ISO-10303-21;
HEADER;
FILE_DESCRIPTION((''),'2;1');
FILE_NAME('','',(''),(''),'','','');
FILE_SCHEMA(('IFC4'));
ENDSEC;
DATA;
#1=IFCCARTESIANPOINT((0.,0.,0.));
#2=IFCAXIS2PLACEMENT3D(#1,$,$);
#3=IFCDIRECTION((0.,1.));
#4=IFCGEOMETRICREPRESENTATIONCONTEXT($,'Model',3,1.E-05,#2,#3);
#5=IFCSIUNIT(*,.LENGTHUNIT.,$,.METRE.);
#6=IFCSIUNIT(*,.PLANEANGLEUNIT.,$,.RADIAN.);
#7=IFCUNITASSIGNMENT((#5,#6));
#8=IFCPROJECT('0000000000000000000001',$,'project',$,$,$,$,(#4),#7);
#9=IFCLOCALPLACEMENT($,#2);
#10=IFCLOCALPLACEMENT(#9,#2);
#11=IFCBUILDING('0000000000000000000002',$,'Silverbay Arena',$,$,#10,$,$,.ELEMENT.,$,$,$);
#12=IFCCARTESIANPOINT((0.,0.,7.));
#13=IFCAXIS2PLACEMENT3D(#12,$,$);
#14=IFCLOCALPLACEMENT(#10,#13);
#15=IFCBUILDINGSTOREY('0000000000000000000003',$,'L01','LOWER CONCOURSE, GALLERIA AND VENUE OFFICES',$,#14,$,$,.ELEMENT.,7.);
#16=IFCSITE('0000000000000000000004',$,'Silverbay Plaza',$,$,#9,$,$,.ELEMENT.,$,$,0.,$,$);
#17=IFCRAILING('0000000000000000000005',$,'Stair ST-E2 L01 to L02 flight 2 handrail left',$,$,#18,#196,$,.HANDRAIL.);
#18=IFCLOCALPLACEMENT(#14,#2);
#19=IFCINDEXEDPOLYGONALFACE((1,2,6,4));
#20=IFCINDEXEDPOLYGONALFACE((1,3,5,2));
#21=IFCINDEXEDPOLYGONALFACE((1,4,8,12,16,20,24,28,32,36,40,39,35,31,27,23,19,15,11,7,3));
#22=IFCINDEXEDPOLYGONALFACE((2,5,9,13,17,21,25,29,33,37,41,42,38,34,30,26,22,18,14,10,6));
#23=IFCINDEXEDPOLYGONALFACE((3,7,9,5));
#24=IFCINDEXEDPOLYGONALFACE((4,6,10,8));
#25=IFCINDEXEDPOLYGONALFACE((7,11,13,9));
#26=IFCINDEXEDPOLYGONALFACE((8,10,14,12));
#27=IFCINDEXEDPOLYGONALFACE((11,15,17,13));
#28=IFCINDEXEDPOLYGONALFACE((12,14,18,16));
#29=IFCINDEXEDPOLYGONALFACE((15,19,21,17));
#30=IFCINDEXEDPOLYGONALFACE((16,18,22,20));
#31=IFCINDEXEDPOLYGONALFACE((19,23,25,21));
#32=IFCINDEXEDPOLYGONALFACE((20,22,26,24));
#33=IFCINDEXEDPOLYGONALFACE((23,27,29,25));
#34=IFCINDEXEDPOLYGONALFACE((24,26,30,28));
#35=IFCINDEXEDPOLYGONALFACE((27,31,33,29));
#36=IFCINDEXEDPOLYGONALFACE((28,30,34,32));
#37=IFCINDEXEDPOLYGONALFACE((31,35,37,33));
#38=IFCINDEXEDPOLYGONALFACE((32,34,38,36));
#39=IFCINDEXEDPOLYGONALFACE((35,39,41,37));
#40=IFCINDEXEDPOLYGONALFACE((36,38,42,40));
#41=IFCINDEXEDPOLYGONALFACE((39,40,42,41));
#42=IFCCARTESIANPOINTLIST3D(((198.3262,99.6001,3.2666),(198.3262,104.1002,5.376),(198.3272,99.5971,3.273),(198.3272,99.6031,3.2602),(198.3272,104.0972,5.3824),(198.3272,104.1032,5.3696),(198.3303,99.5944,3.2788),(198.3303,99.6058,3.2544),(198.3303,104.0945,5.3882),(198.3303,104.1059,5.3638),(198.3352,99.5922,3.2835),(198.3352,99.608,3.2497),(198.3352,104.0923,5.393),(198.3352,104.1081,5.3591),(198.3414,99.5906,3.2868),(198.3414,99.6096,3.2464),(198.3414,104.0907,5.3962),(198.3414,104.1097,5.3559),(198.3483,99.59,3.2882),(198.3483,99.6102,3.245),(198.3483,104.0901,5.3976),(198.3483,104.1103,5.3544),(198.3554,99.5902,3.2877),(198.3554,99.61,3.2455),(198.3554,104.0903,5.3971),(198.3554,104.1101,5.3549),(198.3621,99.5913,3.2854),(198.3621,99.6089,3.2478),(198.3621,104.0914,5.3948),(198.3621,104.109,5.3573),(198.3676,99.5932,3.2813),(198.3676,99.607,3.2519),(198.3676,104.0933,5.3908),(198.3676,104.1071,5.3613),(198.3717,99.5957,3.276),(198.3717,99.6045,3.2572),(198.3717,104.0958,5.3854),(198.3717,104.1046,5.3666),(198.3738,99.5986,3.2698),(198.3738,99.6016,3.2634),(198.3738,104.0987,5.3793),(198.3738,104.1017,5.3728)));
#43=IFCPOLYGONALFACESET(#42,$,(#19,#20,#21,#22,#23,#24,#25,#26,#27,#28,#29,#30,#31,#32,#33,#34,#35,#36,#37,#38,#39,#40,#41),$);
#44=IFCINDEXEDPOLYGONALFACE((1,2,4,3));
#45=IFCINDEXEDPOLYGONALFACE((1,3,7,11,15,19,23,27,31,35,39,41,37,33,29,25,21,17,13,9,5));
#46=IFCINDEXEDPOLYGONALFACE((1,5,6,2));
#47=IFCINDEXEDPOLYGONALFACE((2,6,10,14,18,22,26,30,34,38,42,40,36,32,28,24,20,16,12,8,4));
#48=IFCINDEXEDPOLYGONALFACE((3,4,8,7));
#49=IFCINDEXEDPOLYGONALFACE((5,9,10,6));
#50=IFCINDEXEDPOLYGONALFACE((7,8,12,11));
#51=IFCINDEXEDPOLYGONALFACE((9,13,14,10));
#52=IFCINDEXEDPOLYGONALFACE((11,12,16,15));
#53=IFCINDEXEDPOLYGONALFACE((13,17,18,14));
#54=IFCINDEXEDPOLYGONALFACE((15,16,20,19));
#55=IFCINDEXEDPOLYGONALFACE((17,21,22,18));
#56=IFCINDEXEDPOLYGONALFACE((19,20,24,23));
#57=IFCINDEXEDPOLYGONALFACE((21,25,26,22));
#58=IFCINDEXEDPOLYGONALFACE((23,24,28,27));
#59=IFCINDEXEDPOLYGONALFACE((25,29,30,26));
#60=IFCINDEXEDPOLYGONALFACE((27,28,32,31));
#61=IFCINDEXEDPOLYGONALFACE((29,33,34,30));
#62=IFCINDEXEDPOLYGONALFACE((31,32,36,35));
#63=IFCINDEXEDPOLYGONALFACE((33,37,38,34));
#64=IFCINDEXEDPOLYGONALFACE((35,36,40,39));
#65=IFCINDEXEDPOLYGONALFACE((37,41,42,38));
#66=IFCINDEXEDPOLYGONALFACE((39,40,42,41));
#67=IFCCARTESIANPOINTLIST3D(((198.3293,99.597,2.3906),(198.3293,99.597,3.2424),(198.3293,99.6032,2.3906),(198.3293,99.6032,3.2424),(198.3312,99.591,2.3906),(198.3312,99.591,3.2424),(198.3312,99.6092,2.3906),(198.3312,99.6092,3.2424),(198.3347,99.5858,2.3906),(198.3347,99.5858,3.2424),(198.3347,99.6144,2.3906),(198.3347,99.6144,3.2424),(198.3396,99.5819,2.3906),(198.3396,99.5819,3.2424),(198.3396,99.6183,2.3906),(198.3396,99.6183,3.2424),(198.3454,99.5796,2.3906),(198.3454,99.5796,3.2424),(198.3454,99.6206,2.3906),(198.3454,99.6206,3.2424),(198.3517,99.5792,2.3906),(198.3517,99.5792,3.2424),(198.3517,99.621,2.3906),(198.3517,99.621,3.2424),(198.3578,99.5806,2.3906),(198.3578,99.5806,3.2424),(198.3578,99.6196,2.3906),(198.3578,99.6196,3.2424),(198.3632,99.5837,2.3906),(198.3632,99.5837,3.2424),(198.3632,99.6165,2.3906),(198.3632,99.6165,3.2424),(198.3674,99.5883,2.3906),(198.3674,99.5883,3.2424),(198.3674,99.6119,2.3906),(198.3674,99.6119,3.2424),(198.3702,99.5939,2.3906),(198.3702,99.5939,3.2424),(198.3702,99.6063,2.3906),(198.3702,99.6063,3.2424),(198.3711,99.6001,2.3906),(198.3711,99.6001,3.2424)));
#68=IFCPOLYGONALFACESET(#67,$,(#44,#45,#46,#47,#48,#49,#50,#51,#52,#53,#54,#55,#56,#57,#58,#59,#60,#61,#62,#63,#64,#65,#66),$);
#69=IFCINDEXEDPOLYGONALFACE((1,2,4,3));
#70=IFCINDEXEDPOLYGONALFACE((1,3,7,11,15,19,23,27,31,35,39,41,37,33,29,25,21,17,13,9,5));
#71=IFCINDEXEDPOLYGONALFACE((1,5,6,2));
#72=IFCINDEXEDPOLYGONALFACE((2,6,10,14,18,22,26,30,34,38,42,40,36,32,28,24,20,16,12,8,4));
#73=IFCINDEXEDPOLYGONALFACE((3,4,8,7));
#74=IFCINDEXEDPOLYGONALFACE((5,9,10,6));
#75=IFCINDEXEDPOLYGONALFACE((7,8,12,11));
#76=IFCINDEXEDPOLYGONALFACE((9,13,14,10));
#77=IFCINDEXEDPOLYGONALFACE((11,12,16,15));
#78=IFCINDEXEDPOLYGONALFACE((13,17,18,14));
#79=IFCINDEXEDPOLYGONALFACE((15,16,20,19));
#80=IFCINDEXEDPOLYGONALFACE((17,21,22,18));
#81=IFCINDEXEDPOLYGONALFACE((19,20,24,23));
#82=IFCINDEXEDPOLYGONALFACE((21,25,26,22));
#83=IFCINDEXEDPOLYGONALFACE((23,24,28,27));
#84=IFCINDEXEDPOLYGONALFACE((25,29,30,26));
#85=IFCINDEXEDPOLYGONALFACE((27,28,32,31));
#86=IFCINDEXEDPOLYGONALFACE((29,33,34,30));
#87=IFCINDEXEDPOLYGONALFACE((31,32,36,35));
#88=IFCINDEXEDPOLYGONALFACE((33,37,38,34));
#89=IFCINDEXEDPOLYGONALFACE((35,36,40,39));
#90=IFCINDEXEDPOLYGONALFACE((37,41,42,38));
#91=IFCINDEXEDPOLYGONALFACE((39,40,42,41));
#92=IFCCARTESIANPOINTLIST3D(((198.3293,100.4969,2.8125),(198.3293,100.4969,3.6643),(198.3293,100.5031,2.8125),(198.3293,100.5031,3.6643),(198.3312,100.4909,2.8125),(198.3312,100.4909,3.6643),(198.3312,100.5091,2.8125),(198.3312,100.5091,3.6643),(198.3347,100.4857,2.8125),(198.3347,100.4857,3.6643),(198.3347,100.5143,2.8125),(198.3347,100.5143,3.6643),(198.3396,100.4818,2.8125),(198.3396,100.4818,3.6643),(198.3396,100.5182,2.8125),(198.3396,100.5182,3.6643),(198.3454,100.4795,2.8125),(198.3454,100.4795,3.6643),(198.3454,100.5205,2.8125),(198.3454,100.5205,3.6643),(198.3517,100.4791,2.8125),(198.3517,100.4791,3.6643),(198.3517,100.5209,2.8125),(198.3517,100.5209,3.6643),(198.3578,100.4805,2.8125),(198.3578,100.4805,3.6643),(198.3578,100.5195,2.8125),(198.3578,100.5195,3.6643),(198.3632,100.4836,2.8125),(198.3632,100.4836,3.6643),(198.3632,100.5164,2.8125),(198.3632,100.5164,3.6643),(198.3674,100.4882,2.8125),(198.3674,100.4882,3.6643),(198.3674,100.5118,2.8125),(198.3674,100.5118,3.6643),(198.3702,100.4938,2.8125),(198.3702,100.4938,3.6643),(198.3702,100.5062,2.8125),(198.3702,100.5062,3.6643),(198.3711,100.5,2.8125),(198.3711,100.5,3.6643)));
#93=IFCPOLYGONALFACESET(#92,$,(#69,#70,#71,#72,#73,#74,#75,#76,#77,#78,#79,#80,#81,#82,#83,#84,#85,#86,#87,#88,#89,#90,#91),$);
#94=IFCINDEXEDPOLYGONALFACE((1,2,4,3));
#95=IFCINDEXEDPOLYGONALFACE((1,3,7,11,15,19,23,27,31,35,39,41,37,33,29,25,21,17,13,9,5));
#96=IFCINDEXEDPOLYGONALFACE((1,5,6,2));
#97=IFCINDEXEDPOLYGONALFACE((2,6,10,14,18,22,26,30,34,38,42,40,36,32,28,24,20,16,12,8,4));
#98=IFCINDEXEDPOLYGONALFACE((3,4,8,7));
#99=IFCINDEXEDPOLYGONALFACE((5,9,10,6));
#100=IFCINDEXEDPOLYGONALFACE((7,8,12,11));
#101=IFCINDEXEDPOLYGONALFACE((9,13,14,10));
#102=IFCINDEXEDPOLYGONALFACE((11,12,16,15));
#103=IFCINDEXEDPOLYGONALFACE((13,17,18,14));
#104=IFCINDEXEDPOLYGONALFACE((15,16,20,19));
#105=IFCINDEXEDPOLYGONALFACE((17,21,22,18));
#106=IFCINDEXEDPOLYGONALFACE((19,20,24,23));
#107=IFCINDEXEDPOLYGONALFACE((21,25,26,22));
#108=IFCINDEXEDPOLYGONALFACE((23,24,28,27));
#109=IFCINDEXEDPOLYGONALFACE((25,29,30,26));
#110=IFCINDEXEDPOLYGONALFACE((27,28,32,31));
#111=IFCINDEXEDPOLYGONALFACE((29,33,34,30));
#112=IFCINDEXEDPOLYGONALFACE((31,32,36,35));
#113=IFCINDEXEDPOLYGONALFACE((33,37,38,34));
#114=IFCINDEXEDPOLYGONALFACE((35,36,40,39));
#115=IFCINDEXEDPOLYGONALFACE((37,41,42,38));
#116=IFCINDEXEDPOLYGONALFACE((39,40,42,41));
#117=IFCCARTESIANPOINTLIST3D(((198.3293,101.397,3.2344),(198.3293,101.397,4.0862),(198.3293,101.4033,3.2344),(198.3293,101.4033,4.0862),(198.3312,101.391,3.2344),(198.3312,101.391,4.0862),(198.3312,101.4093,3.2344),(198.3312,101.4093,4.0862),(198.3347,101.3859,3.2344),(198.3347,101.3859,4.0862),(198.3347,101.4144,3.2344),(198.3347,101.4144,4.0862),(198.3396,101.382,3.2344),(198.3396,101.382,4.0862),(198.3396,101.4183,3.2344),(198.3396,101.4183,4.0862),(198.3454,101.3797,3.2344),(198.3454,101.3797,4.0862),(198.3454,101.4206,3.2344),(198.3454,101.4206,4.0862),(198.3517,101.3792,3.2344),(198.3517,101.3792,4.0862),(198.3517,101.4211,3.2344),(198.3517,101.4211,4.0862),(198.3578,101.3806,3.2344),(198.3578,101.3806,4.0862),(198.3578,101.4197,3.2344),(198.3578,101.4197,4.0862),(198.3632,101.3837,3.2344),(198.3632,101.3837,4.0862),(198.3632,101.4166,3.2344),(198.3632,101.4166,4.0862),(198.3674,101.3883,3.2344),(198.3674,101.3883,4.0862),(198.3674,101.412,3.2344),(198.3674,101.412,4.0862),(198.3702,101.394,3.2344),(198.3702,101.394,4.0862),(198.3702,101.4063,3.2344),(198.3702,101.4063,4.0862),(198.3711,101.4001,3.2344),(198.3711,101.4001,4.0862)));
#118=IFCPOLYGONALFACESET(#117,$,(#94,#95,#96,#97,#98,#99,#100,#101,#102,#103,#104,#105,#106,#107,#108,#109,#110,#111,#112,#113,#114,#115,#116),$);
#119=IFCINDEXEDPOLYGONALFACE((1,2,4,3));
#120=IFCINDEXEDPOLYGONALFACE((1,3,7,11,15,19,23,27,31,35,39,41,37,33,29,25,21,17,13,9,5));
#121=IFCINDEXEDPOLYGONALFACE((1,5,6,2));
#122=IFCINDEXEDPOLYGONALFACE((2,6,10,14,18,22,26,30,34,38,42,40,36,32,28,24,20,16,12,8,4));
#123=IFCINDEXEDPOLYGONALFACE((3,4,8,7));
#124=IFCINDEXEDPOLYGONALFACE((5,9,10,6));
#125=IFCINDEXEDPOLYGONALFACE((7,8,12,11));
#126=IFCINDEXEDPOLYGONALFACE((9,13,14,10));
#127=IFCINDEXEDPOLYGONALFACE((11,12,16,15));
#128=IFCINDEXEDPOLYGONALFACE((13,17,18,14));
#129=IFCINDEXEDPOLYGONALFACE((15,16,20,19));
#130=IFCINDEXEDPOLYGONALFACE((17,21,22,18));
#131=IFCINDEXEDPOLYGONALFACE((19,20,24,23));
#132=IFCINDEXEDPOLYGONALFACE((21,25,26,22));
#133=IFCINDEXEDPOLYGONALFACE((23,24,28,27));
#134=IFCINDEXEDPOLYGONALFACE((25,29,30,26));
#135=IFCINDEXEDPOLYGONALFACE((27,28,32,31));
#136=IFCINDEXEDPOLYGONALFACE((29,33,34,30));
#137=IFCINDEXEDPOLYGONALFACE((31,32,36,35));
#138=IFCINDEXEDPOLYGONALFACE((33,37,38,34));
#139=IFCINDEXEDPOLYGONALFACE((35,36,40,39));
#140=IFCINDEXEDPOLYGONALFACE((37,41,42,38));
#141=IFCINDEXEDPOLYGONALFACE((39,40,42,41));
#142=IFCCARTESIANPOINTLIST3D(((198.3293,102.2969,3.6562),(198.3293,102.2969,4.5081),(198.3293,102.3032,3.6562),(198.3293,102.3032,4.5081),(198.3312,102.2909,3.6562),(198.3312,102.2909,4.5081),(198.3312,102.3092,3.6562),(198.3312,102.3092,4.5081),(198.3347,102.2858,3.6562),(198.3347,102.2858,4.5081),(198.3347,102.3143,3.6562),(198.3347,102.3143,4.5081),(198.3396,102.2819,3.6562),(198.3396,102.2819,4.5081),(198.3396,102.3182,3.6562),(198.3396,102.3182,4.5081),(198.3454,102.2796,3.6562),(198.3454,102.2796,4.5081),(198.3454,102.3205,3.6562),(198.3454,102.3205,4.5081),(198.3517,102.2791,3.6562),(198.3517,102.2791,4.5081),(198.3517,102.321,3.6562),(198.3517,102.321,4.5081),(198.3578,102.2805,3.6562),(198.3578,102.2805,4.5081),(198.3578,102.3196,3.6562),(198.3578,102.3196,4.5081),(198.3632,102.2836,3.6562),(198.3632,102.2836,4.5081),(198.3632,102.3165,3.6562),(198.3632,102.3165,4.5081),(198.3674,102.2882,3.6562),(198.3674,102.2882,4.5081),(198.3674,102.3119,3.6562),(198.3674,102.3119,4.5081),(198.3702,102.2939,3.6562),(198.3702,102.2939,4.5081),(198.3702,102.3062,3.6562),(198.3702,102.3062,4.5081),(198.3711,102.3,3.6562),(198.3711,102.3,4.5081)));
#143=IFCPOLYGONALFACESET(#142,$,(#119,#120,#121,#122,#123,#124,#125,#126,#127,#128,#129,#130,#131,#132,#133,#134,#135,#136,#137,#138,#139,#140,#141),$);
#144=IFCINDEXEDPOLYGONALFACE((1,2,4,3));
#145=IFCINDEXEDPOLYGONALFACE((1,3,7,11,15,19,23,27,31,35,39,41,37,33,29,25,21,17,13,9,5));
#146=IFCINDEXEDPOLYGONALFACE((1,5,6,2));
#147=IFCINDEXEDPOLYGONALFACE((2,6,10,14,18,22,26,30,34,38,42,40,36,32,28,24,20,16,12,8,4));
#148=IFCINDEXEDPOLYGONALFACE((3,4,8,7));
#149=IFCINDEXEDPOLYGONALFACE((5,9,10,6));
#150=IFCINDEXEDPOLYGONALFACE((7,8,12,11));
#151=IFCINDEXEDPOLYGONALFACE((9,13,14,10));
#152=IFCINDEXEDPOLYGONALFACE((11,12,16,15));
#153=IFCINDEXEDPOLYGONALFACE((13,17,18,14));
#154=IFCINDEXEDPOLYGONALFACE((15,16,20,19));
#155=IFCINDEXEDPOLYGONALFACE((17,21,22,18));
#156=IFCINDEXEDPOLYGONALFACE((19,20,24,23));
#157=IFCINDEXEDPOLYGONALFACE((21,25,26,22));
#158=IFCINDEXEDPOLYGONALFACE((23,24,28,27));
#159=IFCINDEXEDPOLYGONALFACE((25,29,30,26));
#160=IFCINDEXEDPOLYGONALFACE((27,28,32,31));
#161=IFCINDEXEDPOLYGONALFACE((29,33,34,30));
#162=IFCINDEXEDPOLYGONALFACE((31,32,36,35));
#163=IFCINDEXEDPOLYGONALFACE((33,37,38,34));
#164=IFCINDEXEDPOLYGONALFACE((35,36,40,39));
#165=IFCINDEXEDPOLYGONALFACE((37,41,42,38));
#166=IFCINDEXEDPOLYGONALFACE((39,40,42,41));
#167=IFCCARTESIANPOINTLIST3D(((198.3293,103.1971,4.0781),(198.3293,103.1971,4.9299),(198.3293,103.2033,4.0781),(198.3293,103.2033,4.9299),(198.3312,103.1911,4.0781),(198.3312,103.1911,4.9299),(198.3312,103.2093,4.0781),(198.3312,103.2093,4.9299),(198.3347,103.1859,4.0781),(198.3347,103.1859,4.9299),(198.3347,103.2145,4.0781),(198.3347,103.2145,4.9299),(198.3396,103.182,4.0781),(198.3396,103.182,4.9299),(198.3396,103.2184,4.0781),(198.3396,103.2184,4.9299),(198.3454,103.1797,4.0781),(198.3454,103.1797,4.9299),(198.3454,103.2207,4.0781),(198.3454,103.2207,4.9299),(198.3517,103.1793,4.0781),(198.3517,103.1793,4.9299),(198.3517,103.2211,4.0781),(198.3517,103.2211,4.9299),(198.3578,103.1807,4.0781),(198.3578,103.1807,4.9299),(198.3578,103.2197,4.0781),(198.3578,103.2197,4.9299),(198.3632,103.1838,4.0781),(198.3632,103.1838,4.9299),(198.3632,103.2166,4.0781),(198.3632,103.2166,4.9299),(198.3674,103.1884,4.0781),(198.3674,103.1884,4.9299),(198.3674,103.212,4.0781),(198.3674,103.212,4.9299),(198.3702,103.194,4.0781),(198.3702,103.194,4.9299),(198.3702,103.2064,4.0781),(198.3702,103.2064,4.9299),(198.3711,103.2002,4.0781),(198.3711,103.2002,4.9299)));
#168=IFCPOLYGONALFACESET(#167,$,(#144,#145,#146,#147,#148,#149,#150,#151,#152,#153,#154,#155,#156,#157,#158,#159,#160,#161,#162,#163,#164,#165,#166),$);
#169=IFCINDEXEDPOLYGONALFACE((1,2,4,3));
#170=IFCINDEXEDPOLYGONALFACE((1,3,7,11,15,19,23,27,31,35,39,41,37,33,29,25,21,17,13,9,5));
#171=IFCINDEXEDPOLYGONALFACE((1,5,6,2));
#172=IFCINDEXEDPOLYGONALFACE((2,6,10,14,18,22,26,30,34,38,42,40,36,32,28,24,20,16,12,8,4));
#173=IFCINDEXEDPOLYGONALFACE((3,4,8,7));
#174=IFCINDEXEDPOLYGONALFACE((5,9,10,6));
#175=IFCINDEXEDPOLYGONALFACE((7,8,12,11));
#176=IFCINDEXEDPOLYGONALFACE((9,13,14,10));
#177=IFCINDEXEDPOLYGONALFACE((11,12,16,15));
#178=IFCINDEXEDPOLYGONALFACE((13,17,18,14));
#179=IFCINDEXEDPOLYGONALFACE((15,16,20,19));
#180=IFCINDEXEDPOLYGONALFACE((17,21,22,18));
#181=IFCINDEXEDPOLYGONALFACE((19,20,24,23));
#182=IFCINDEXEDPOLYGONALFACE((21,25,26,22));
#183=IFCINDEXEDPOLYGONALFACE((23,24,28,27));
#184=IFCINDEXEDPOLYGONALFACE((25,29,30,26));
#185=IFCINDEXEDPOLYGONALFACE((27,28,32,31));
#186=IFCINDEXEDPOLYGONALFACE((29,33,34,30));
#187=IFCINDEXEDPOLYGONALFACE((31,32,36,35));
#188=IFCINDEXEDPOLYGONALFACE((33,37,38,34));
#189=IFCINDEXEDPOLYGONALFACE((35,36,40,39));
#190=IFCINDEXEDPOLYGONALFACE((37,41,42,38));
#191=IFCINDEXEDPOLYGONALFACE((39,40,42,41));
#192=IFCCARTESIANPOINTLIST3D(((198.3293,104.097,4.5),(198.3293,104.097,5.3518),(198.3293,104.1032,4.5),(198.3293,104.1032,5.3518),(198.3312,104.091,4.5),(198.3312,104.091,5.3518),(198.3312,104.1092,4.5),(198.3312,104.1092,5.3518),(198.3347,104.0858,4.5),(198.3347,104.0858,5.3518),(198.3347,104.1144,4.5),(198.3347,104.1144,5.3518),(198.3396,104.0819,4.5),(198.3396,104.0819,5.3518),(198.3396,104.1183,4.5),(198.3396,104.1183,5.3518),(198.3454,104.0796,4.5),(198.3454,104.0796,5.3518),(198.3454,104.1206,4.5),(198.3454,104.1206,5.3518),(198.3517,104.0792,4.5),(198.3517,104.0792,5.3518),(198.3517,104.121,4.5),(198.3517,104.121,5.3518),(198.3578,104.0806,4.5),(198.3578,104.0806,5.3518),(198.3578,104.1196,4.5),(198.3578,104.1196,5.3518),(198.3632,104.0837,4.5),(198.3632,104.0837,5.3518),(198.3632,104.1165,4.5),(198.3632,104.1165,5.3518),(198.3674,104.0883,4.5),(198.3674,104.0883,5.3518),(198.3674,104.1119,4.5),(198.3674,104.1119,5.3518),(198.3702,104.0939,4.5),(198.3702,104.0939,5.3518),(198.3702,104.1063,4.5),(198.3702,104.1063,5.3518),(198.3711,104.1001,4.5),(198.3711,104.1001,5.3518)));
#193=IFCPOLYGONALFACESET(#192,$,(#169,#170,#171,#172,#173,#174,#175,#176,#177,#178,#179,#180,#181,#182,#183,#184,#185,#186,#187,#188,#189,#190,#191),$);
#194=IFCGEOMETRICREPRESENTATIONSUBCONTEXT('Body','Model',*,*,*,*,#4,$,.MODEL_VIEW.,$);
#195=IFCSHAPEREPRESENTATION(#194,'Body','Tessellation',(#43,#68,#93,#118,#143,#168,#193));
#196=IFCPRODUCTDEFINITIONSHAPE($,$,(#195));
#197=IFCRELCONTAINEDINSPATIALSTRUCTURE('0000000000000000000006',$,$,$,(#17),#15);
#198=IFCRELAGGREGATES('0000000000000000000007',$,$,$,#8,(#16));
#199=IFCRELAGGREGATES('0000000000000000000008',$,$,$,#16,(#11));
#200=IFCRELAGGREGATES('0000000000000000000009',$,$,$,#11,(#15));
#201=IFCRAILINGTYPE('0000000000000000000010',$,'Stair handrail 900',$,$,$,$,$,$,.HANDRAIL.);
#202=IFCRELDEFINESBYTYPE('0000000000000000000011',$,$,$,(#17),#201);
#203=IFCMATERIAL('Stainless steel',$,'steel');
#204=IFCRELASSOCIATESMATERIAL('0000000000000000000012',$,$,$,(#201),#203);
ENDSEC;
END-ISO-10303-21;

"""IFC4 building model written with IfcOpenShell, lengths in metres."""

from ifc_helpers import new_model, si_unit, direction, frame, origin, origin_2d, place, context, subcontext, project, spatial, circle, extrude, material, type_object, element, save


model = new_model("IFC4")

# Units and contexts
model_context = context("Model", 3, precision=1e-05, world=origin(), true_north=direction((0.0, 1.0)))
body_context = subcontext(model_context, "Body", "Model", "MODEL_VIEW")
ifc_project = project(units=[si_unit("LENGTHUNIT", "METRE"), si_unit("PLANEANGLEUNIT", "RADIAN")], contexts=[model_context])

# Site, building, storey
site_placement = place(None, origin())
site = spatial("IfcSite", under=ifc_project, at=site_placement, Name="Silverbay Plaza", CompositionType="ELEMENT", RefElevation=0.0)
building_placement = place(site_placement, origin())
building = spatial("IfcBuilding", under=site, at=building_placement, Name="Silverbay Arena", CompositionType="ELEMENT")
storey_placement = place(building_placement, frame((0.0, 0.0, 7.0)))
storey = spatial("IfcBuildingStorey", under=building, at=storey_placement, Name="L01", Description="LOWER CONCOURSE, GALLERIA AND VENUE OFFICES", CompositionType="ELEMENT", Elevation=7.0)

# Railing
ifc_material_1 = material(Name="Stainless steel", Category="steel")
railing_type_1 = type_object("IfcRailingType", Name="Stair handrail 900", PredefinedType="HANDRAIL", material=ifc_material_1)
for number, where, name in (
    (1, (198.3501, 99.6001, 2.3906), "Stair ST-E2 L01 to L02 flight 2 handrail left"),
):
    element("IfcRailing", number, at=place(storey_placement, frame(where)), inside=storey, type_object=railing_type_1, Name=name, PredefinedType="HANDRAIL", context=body_context, shape_type="SweptSolid", body=[
        extrude(circle(Radius=0.0239, at=origin_2d()), frame((0.0, 0.0, 0.876), z_axis=(0.0, 0.905459, 0.424434), x_axis=(-1.0, 0.0, 0.0)), (0.0, 0.0, 1.0), 4.97),
        extrude(circle(Radius=0.021, at=origin_2d()), origin(), (0.0, 0.0, 1.0), 0.8518),
        extrude(circle(Radius=0.021, at=origin_2d()), frame((0.0, 0.8999, 0.4219)), (0.0, 0.0, 1.0), 0.8518),
        extrude(circle(Radius=0.021, at=origin_2d()), frame((0.0, 1.8, 0.8438)), (0.0, 0.0, 1.0), 0.8518),
        extrude(circle(Radius=0.021, at=origin_2d()), frame((0.0, 2.7, 1.2656)), (0.0, 0.0, 1.0), 0.8518),
        extrude(circle(Radius=0.021, at=origin_2d()), frame((0.0, 3.6001, 1.6875)), (0.0, 0.0, 1.0), 0.8518),
        extrude(circle(Radius=0.021, at=origin_2d()), frame((0.0, 4.5, 2.1094)), (0.0, 0.0, 1.0), 0.8518),
    ])

save(model, "model.ifc")
